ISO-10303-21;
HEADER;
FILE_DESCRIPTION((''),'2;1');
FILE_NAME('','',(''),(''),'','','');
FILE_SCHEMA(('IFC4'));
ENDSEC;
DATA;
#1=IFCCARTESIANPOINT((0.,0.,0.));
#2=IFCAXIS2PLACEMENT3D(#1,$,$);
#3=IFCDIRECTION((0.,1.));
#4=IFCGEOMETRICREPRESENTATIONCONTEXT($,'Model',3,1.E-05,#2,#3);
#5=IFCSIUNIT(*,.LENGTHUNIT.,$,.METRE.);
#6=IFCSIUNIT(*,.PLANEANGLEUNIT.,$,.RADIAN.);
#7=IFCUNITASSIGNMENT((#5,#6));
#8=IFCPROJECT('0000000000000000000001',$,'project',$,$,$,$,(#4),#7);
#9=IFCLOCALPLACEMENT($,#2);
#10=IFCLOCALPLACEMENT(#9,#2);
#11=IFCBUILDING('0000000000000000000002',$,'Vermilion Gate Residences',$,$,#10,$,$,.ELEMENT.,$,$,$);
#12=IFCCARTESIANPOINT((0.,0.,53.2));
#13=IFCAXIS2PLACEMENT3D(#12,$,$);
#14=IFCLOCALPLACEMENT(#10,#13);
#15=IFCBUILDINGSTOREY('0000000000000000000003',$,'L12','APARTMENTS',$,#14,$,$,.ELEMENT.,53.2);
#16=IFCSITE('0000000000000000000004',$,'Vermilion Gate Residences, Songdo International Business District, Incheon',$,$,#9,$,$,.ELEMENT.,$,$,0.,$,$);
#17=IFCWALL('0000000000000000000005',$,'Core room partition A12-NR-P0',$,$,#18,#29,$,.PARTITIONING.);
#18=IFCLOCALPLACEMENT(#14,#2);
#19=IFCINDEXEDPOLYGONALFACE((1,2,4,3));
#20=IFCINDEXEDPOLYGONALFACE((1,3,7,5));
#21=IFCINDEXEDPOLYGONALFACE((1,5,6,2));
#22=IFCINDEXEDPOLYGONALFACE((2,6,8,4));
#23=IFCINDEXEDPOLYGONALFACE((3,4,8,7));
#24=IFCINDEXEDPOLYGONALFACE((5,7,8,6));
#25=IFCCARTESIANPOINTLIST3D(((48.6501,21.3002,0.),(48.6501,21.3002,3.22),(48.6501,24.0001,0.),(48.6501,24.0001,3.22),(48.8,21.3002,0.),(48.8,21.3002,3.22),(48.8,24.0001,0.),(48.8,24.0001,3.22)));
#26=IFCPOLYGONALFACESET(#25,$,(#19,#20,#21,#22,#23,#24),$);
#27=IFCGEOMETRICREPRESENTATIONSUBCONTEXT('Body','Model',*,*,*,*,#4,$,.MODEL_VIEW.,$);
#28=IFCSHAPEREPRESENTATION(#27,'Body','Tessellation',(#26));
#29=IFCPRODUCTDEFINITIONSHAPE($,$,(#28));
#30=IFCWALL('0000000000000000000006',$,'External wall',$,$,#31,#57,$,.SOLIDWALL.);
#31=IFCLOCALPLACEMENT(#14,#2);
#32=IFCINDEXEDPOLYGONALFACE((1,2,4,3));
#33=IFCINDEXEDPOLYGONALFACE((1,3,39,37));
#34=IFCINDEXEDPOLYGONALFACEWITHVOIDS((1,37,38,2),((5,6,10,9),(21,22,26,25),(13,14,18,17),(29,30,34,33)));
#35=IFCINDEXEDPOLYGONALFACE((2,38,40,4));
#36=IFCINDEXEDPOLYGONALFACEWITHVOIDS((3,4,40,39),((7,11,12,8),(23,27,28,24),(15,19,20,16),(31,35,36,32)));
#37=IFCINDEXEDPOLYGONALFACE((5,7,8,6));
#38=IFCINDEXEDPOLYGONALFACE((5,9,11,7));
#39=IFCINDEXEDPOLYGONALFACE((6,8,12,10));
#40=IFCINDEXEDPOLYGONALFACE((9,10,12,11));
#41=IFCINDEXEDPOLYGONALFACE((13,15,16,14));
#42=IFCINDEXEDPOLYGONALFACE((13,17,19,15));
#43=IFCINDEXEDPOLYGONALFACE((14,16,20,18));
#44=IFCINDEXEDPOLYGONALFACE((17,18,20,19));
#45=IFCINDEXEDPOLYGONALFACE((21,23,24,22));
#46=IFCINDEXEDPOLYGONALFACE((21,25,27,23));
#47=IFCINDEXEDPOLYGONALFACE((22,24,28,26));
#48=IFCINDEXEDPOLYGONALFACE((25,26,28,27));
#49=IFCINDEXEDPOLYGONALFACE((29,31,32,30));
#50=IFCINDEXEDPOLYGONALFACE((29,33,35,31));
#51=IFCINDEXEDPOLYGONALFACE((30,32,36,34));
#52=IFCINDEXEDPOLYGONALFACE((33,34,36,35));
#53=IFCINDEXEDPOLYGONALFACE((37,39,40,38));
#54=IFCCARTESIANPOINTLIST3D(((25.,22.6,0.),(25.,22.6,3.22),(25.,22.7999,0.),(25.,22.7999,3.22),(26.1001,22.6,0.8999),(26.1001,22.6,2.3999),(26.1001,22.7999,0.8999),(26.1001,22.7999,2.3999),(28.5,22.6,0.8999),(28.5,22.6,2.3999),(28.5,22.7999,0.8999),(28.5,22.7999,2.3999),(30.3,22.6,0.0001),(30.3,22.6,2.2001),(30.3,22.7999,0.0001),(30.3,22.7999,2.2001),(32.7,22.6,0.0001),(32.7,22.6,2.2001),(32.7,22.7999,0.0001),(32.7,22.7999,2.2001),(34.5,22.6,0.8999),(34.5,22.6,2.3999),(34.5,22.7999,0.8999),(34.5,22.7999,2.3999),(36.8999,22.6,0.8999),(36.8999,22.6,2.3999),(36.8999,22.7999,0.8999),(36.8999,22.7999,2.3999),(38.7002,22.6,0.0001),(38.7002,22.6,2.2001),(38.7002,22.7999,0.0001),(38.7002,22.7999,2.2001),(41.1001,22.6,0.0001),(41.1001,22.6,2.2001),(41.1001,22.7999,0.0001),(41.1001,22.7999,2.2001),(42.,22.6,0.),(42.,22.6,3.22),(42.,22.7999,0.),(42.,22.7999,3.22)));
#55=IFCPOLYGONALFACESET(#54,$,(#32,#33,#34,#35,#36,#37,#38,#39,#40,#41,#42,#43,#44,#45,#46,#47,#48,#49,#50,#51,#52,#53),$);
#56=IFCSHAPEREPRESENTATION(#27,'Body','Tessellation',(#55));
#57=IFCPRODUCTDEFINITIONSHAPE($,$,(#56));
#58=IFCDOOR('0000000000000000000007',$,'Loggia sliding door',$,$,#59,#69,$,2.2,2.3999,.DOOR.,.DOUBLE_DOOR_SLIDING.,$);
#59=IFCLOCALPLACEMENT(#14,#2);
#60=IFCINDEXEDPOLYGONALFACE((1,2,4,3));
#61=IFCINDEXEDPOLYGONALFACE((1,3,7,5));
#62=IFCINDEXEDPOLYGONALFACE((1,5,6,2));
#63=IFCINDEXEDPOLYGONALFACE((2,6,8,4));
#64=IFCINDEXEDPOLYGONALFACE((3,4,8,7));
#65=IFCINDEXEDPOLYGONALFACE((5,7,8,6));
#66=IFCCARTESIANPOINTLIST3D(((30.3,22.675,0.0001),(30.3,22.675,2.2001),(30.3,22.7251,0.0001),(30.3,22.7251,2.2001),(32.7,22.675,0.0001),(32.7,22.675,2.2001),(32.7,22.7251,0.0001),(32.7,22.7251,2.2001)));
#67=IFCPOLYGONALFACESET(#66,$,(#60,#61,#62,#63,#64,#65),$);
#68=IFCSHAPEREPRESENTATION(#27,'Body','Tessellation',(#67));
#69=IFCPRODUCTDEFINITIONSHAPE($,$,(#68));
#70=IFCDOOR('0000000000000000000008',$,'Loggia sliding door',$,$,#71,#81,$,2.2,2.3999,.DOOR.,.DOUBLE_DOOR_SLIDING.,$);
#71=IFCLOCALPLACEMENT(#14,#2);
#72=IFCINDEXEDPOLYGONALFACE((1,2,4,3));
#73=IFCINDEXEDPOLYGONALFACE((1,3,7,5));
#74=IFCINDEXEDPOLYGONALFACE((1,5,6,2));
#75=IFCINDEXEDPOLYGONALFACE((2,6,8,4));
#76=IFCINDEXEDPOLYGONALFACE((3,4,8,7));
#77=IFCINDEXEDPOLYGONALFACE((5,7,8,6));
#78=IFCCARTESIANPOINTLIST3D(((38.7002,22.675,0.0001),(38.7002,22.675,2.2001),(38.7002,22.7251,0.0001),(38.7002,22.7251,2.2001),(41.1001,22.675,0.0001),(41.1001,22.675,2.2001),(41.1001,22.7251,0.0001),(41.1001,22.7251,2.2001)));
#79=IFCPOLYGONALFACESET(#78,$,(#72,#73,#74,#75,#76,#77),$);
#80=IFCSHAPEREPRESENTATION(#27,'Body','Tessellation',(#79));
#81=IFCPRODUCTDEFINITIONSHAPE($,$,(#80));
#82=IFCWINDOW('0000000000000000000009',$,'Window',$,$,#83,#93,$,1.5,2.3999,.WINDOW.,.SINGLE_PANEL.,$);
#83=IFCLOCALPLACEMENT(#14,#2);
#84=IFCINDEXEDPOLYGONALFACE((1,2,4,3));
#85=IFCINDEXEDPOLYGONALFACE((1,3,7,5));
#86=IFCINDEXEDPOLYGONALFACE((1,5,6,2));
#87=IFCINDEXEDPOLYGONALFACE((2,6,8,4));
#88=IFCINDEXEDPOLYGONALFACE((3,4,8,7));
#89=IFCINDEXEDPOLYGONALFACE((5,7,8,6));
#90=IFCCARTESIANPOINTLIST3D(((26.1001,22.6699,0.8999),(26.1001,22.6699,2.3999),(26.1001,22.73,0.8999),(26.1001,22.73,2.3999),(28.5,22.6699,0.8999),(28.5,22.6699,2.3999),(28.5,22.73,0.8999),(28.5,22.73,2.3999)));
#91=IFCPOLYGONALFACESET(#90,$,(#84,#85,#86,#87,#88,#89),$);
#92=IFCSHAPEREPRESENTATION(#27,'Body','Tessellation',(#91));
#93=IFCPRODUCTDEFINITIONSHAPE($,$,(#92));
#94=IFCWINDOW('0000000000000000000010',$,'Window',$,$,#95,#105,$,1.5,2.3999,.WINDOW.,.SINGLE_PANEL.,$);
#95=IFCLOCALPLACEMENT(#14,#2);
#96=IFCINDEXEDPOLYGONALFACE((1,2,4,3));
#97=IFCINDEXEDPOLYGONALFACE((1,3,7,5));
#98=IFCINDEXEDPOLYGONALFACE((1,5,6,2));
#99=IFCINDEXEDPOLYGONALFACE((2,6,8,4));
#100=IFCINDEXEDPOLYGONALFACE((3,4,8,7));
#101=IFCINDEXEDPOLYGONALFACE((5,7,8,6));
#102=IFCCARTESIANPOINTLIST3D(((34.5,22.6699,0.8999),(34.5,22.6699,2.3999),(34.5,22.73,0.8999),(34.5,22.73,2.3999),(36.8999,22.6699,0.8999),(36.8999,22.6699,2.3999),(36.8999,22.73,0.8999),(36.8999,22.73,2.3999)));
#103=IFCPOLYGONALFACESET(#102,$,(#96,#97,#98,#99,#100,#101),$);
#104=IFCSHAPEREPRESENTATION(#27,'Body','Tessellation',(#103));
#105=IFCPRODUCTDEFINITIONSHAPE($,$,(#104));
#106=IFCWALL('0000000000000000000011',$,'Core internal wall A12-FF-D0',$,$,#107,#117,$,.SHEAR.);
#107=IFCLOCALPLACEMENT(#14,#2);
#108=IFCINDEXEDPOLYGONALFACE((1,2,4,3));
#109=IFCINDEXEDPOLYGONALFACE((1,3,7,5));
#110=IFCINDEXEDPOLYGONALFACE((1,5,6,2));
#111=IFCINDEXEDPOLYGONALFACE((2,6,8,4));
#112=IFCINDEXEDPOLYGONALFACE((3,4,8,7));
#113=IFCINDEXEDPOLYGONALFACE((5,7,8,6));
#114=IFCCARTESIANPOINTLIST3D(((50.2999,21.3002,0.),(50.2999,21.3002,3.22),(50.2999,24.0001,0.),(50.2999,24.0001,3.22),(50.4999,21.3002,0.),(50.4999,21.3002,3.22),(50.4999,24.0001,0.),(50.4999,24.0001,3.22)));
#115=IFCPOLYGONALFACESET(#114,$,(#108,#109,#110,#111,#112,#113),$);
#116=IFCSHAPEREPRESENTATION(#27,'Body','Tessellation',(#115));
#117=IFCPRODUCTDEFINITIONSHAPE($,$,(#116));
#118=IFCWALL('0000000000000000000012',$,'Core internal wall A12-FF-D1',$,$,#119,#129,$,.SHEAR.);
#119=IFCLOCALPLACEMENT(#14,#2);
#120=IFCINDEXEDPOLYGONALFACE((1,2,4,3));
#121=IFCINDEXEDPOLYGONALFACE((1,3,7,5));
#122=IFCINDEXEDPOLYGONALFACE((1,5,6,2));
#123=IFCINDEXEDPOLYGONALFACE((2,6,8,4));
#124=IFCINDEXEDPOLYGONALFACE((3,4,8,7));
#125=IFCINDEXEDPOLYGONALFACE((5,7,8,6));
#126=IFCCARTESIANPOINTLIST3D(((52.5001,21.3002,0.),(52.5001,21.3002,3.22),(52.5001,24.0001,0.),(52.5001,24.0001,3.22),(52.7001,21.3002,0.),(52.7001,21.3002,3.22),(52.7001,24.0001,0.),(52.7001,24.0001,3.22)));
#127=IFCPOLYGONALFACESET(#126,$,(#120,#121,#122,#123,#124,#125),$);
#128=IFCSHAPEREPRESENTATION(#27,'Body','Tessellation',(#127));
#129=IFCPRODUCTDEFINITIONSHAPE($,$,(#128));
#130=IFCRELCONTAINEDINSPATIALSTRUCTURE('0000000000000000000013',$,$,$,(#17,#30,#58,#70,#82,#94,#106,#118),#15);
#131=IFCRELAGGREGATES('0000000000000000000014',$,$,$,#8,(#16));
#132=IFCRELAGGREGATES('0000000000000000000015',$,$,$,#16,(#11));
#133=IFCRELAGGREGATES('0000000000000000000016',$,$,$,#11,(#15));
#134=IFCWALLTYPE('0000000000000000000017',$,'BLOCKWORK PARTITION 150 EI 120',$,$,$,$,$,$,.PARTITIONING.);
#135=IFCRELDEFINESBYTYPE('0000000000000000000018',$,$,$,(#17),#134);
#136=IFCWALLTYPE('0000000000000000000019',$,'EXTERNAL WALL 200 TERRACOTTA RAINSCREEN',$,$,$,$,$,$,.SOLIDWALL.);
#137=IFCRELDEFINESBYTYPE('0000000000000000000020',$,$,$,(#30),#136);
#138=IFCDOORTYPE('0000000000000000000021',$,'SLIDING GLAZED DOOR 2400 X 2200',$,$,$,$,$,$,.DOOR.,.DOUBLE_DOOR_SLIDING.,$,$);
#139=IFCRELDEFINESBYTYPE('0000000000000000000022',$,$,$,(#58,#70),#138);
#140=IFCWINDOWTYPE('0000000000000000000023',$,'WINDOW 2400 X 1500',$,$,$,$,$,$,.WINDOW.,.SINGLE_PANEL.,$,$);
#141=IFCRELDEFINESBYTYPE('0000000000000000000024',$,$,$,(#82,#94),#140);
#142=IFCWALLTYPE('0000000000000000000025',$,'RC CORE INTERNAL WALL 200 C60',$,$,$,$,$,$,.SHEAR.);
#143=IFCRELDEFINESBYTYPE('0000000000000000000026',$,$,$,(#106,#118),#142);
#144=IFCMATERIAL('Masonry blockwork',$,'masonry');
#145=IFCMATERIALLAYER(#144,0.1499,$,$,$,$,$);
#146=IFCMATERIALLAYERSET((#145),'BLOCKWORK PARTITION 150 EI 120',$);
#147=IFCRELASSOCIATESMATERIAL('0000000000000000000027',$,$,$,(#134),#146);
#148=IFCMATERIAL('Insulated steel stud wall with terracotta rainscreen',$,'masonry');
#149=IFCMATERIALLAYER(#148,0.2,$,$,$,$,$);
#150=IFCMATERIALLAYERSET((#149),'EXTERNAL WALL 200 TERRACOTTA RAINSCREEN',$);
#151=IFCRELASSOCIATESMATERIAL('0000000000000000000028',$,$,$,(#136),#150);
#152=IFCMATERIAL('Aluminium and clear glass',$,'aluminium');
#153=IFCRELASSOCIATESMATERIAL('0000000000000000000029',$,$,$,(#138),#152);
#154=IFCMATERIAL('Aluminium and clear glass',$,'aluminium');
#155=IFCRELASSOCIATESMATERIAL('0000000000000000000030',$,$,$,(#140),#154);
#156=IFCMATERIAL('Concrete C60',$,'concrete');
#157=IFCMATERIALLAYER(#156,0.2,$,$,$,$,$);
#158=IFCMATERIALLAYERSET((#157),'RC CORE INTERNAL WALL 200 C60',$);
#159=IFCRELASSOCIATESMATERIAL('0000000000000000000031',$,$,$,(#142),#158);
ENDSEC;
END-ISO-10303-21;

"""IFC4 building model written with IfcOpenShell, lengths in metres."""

from ifc_helpers import new_model, si_unit, direction, frame, frame_2d, origin, place, context, subcontext, project, spatial, rectangle, extrude, material, layer, layer_set, type_object, element, fill, save


model = new_model("IFC4")

# Units and contexts
model_context = context("Model", 3, precision=1e-05, world=origin(), true_north=direction((0.0, 1.0)))
body_context = subcontext(model_context, "Body", "Model", "MODEL_VIEW")
ifc_project = project(units=[si_unit("LENGTHUNIT", "METRE"), si_unit("PLANEANGLEUNIT", "RADIAN")], contexts=[model_context])

# Site, building, storey
site_placement = place(None, origin())
site = spatial("IfcSite", under=ifc_project, at=site_placement, Name="Vermilion Gate Residences, Songdo International Business District, Incheon", CompositionType="ELEMENT", RefElevation=0.0)
building_placement = place(site_placement, origin())
building = spatial("IfcBuilding", under=site, at=building_placement, Name="Vermilion Gate Residences", CompositionType="ELEMENT")
storey_placement = place(building_placement, frame((0.0, 0.0, 53.2)))
storey = spatial("IfcBuildingStorey", under=building, at=storey_placement, Name="L12", Description="APARTMENTS", CompositionType="ELEMENT", Elevation=53.2)

# Wall
ifc_material_1 = material(Name="Masonry blockwork", Category="masonry")
ifc_layer_1 = layer(ifc_material_1, 0.1499)
ifc_layer_set_1 = layer_set([ifc_layer_1], Name="BLOCKWORK PARTITION 150 EI 120")
wall_type_1 = type_object("IfcWallType", Name="BLOCKWORK PARTITION 150 EI 120", PredefinedType="PARTITIONING", material=ifc_layer_set_1)
wall_1_placement = place(storey_placement, frame((48.7251, 21.3, 0.0), z_axis=(0.0, 0.0, 1.0), x_axis=(0.0, 1.0, 0.0)))
element("IfcWall", 1, at=wall_1_placement, inside=storey, type_object=wall_type_1, Name="Core room partition A12-NR-P0", PredefinedType="PARTITIONING", context=body_context, shape_type="SweptSolid", body=[
    extrude(rectangle(XDim=2.7, YDim=0.1499, at=frame_2d((1.3501, 0.0))), origin(), (0.0, 0.0, 1.0), 3.22),
])

# Wall, openings, doors, windows
ifc_material_2 = material(Name="Insulated steel stud wall with terracotta rainscreen", Category="masonry")
ifc_layer_2 = layer(ifc_material_2, 0.2)
ifc_layer_set_2 = layer_set([ifc_layer_2], Name="EXTERNAL WALL 200 TERRACOTTA RAINSCREEN")
wall_type_2 = type_object("IfcWallType", Name="EXTERNAL WALL 200 TERRACOTTA RAINSCREEN", PredefinedType="SOLIDWALL", material=ifc_layer_set_2)
wall_2_placement = place(storey_placement, frame((42.0, 22.7, 0.0), z_axis=(0.0, 0.0, 1.0), x_axis=(-1.0, 0.0, 0.0)))
wall_2 = element("IfcWall", 2, at=wall_2_placement, inside=storey, type_object=wall_type_2, Name="External wall", PredefinedType="SOLIDWALL", context=body_context, shape_type="SweptSolid", body=[
    extrude(rectangle(XDim=17.0, YDim=0.2, at=frame_2d((8.5, 0.0))), origin(), (0.0, 0.0, 1.0), 3.22),
])
opening_1_placement = place(wall_2_placement, frame((13.5, 0.0, 0.8999)))
opening_1 = element("IfcOpeningElement", 3, at=opening_1_placement, cuts=wall_2, PredefinedType="OPENING", context=body_context, shape_type="SweptSolid", body=[
    extrude(rectangle(XDim=2.3999, YDim=1.5, at=frame_2d((1.2, 0.75))), frame((0.0, 0.1099, 0.0), z_axis=(0.0, -1.0, 0.0), x_axis=(1.0, 0.0, 0.0)), (0.0, 0.0, 1.0), 0.22),
])
opening_2_placement = place(wall_2_placement, frame((9.3, 0.0, 0.0)))
opening_2 = element("IfcOpeningElement", 4, at=opening_2_placement, cuts=wall_2, PredefinedType="OPENING", context=body_context, shape_type="SweptSolid", body=[
    extrude(rectangle(XDim=2.3999, YDim=2.2, at=frame_2d((1.2, 1.1001))), frame((0.0, 0.1099, 0.0), z_axis=(0.0, -1.0, 0.0), x_axis=(1.0, 0.0, 0.0)), (0.0, 0.0, 1.0), 0.22),
])
opening_3_placement = place(wall_2_placement, frame((5.1001, 0.0, 0.8999)))
opening_3 = element("IfcOpeningElement", 5, at=opening_3_placement, cuts=wall_2, PredefinedType="OPENING", context=body_context, shape_type="SweptSolid", body=[
    extrude(rectangle(XDim=2.3999, YDim=1.5, at=frame_2d((1.2, 0.75))), frame((0.0, 0.1099, 0.0), z_axis=(0.0, -1.0, 0.0), x_axis=(1.0, 0.0, 0.0)), (0.0, 0.0, 1.0), 0.22),
])
opening_4_placement = place(wall_2_placement, frame((0.8999, 0.0, 0.0)))
opening_4 = element("IfcOpeningElement", 6, at=opening_4_placement, cuts=wall_2, PredefinedType="OPENING", context=body_context, shape_type="SweptSolid", body=[
    extrude(rectangle(XDim=2.3999, YDim=2.2, at=frame_2d((1.2, 1.1001))), frame((0.0, 0.1099, 0.0), z_axis=(0.0, -1.0, 0.0), x_axis=(1.0, 0.0, 0.0)), (0.0, 0.0, 1.0), 0.22),
])
ifc_material_3 = material(Name="Aluminium and clear glass", Category="aluminium")
door_type_1 = type_object("IfcDoorType", Name="SLIDING GLAZED DOOR 2400 X 2200", OperationType="DOUBLE_DOOR_SLIDING", PredefinedType="DOOR", material=ifc_material_3)
door_1_placement = place(opening_2_placement, origin())
door_1 = element("IfcDoor", 7, at=door_1_placement, inside=storey, type_object=door_type_1, Name="Loggia sliding door", OperationType="DOUBLE_DOOR_SLIDING", OverallHeight=2.2, OverallWidth=2.3999, PredefinedType="DOOR", context=body_context, shape_type="SweptSolid", body=[
    extrude(rectangle(XDim=2.3999, YDim=2.2, at=frame_2d((1.2, 1.1001))), frame((0.0, 0.0249, 0.0), z_axis=(0.0, -1.0, 0.0), x_axis=(1.0, 0.0, 0.0)), (0.0, 0.0, 1.0), 0.05),
])
fill(opening_2, door_1)
door_2_placement = place(opening_4_placement, origin())
door_2 = element("IfcDoor", 8, at=door_2_placement, inside=storey, type_object=door_type_1, Name="Loggia sliding door", OperationType="DOUBLE_DOOR_SLIDING", OverallHeight=2.2, OverallWidth=2.3999, PredefinedType="DOOR", context=body_context, shape_type="SweptSolid", body=[
    extrude(rectangle(XDim=2.3999, YDim=2.2, at=frame_2d((1.2, 1.1001))), frame((0.0, 0.0249, 0.0), z_axis=(0.0, -1.0, 0.0), x_axis=(1.0, 0.0, 0.0)), (0.0, 0.0, 1.0), 0.05),
])
fill(opening_4, door_2)
ifc_material_4 = material(Name="Aluminium and clear glass", Category="aluminium")
window_type_1 = type_object("IfcWindowType", Name="WINDOW 2400 X 1500", PartitioningType="SINGLE_PANEL", PredefinedType="WINDOW", material=ifc_material_4)
window_1_placement = place(opening_1_placement, origin())
window_1 = element("IfcWindow", 9, at=window_1_placement, inside=storey, type_object=window_type_1, Name="Window", OverallHeight=1.5, OverallWidth=2.3999, PartitioningType="SINGLE_PANEL", PredefinedType="WINDOW", context=body_context, shape_type="SweptSolid", body=[
    extrude(rectangle(XDim=2.3999, YDim=1.5, at=frame_2d((1.2, 0.75))), frame((0.0, 0.03, 0.0), z_axis=(0.0, -1.0, 0.0), x_axis=(1.0, 0.0, 0.0)), (0.0, 0.0, 1.0), 0.0601),
])
fill(opening_1, window_1)
window_2_placement = place(opening_3_placement, origin())
window_2 = element("IfcWindow", 10, at=window_2_placement, inside=storey, type_object=window_type_1, Name="Window", OverallHeight=1.5, OverallWidth=2.3999, PartitioningType="SINGLE_PANEL", PredefinedType="WINDOW", context=body_context, shape_type="SweptSolid", body=[
    extrude(rectangle(XDim=2.3999, YDim=1.5, at=frame_2d((1.2, 0.75))), frame((0.0, 0.03, 0.0), z_axis=(0.0, -1.0, 0.0), x_axis=(1.0, 0.0, 0.0)), (0.0, 0.0, 1.0), 0.0601),
])
fill(opening_3, window_2)

# Walls
ifc_material_5 = material(Name="Concrete C60", Category="concrete")
ifc_layer_3 = layer(ifc_material_5, 0.2)
ifc_layer_set_3 = layer_set([ifc_layer_3], Name="RC CORE INTERNAL WALL 200 C60")
wall_type_3 = type_object("IfcWallType", Name="RC CORE INTERNAL WALL 200 C60", PredefinedType="SHEAR", material=ifc_layer_set_3)
for number, where, z_axis, x_axis, name in (
    (11, (50.3999, 21.3, 0.0), (0.0, 0.0, 1.0), (0.0, 1.0, 0.0), "Core internal wall A12-FF-D0"),
    (12, (52.6001, 21.3, 0.0), (0.0, 0.0, 1.0), (0.0, 1.0, 0.0), "Core internal wall A12-FF-D1"),
):
    element("IfcWall", number, at=place(storey_placement, frame(where, z_axis=z_axis, x_axis=x_axis)), inside=storey, type_object=wall_type_3, Name=name, PredefinedType="SHEAR", context=body_context, shape_type="SweptSolid", body=[
        extrude(rectangle(XDim=2.7, YDim=0.2, at=frame_2d((1.3501, 0.0))), origin(), (0.0, 0.0, 1.0), 3.22),
    ])

save(model, "model.ifc")
